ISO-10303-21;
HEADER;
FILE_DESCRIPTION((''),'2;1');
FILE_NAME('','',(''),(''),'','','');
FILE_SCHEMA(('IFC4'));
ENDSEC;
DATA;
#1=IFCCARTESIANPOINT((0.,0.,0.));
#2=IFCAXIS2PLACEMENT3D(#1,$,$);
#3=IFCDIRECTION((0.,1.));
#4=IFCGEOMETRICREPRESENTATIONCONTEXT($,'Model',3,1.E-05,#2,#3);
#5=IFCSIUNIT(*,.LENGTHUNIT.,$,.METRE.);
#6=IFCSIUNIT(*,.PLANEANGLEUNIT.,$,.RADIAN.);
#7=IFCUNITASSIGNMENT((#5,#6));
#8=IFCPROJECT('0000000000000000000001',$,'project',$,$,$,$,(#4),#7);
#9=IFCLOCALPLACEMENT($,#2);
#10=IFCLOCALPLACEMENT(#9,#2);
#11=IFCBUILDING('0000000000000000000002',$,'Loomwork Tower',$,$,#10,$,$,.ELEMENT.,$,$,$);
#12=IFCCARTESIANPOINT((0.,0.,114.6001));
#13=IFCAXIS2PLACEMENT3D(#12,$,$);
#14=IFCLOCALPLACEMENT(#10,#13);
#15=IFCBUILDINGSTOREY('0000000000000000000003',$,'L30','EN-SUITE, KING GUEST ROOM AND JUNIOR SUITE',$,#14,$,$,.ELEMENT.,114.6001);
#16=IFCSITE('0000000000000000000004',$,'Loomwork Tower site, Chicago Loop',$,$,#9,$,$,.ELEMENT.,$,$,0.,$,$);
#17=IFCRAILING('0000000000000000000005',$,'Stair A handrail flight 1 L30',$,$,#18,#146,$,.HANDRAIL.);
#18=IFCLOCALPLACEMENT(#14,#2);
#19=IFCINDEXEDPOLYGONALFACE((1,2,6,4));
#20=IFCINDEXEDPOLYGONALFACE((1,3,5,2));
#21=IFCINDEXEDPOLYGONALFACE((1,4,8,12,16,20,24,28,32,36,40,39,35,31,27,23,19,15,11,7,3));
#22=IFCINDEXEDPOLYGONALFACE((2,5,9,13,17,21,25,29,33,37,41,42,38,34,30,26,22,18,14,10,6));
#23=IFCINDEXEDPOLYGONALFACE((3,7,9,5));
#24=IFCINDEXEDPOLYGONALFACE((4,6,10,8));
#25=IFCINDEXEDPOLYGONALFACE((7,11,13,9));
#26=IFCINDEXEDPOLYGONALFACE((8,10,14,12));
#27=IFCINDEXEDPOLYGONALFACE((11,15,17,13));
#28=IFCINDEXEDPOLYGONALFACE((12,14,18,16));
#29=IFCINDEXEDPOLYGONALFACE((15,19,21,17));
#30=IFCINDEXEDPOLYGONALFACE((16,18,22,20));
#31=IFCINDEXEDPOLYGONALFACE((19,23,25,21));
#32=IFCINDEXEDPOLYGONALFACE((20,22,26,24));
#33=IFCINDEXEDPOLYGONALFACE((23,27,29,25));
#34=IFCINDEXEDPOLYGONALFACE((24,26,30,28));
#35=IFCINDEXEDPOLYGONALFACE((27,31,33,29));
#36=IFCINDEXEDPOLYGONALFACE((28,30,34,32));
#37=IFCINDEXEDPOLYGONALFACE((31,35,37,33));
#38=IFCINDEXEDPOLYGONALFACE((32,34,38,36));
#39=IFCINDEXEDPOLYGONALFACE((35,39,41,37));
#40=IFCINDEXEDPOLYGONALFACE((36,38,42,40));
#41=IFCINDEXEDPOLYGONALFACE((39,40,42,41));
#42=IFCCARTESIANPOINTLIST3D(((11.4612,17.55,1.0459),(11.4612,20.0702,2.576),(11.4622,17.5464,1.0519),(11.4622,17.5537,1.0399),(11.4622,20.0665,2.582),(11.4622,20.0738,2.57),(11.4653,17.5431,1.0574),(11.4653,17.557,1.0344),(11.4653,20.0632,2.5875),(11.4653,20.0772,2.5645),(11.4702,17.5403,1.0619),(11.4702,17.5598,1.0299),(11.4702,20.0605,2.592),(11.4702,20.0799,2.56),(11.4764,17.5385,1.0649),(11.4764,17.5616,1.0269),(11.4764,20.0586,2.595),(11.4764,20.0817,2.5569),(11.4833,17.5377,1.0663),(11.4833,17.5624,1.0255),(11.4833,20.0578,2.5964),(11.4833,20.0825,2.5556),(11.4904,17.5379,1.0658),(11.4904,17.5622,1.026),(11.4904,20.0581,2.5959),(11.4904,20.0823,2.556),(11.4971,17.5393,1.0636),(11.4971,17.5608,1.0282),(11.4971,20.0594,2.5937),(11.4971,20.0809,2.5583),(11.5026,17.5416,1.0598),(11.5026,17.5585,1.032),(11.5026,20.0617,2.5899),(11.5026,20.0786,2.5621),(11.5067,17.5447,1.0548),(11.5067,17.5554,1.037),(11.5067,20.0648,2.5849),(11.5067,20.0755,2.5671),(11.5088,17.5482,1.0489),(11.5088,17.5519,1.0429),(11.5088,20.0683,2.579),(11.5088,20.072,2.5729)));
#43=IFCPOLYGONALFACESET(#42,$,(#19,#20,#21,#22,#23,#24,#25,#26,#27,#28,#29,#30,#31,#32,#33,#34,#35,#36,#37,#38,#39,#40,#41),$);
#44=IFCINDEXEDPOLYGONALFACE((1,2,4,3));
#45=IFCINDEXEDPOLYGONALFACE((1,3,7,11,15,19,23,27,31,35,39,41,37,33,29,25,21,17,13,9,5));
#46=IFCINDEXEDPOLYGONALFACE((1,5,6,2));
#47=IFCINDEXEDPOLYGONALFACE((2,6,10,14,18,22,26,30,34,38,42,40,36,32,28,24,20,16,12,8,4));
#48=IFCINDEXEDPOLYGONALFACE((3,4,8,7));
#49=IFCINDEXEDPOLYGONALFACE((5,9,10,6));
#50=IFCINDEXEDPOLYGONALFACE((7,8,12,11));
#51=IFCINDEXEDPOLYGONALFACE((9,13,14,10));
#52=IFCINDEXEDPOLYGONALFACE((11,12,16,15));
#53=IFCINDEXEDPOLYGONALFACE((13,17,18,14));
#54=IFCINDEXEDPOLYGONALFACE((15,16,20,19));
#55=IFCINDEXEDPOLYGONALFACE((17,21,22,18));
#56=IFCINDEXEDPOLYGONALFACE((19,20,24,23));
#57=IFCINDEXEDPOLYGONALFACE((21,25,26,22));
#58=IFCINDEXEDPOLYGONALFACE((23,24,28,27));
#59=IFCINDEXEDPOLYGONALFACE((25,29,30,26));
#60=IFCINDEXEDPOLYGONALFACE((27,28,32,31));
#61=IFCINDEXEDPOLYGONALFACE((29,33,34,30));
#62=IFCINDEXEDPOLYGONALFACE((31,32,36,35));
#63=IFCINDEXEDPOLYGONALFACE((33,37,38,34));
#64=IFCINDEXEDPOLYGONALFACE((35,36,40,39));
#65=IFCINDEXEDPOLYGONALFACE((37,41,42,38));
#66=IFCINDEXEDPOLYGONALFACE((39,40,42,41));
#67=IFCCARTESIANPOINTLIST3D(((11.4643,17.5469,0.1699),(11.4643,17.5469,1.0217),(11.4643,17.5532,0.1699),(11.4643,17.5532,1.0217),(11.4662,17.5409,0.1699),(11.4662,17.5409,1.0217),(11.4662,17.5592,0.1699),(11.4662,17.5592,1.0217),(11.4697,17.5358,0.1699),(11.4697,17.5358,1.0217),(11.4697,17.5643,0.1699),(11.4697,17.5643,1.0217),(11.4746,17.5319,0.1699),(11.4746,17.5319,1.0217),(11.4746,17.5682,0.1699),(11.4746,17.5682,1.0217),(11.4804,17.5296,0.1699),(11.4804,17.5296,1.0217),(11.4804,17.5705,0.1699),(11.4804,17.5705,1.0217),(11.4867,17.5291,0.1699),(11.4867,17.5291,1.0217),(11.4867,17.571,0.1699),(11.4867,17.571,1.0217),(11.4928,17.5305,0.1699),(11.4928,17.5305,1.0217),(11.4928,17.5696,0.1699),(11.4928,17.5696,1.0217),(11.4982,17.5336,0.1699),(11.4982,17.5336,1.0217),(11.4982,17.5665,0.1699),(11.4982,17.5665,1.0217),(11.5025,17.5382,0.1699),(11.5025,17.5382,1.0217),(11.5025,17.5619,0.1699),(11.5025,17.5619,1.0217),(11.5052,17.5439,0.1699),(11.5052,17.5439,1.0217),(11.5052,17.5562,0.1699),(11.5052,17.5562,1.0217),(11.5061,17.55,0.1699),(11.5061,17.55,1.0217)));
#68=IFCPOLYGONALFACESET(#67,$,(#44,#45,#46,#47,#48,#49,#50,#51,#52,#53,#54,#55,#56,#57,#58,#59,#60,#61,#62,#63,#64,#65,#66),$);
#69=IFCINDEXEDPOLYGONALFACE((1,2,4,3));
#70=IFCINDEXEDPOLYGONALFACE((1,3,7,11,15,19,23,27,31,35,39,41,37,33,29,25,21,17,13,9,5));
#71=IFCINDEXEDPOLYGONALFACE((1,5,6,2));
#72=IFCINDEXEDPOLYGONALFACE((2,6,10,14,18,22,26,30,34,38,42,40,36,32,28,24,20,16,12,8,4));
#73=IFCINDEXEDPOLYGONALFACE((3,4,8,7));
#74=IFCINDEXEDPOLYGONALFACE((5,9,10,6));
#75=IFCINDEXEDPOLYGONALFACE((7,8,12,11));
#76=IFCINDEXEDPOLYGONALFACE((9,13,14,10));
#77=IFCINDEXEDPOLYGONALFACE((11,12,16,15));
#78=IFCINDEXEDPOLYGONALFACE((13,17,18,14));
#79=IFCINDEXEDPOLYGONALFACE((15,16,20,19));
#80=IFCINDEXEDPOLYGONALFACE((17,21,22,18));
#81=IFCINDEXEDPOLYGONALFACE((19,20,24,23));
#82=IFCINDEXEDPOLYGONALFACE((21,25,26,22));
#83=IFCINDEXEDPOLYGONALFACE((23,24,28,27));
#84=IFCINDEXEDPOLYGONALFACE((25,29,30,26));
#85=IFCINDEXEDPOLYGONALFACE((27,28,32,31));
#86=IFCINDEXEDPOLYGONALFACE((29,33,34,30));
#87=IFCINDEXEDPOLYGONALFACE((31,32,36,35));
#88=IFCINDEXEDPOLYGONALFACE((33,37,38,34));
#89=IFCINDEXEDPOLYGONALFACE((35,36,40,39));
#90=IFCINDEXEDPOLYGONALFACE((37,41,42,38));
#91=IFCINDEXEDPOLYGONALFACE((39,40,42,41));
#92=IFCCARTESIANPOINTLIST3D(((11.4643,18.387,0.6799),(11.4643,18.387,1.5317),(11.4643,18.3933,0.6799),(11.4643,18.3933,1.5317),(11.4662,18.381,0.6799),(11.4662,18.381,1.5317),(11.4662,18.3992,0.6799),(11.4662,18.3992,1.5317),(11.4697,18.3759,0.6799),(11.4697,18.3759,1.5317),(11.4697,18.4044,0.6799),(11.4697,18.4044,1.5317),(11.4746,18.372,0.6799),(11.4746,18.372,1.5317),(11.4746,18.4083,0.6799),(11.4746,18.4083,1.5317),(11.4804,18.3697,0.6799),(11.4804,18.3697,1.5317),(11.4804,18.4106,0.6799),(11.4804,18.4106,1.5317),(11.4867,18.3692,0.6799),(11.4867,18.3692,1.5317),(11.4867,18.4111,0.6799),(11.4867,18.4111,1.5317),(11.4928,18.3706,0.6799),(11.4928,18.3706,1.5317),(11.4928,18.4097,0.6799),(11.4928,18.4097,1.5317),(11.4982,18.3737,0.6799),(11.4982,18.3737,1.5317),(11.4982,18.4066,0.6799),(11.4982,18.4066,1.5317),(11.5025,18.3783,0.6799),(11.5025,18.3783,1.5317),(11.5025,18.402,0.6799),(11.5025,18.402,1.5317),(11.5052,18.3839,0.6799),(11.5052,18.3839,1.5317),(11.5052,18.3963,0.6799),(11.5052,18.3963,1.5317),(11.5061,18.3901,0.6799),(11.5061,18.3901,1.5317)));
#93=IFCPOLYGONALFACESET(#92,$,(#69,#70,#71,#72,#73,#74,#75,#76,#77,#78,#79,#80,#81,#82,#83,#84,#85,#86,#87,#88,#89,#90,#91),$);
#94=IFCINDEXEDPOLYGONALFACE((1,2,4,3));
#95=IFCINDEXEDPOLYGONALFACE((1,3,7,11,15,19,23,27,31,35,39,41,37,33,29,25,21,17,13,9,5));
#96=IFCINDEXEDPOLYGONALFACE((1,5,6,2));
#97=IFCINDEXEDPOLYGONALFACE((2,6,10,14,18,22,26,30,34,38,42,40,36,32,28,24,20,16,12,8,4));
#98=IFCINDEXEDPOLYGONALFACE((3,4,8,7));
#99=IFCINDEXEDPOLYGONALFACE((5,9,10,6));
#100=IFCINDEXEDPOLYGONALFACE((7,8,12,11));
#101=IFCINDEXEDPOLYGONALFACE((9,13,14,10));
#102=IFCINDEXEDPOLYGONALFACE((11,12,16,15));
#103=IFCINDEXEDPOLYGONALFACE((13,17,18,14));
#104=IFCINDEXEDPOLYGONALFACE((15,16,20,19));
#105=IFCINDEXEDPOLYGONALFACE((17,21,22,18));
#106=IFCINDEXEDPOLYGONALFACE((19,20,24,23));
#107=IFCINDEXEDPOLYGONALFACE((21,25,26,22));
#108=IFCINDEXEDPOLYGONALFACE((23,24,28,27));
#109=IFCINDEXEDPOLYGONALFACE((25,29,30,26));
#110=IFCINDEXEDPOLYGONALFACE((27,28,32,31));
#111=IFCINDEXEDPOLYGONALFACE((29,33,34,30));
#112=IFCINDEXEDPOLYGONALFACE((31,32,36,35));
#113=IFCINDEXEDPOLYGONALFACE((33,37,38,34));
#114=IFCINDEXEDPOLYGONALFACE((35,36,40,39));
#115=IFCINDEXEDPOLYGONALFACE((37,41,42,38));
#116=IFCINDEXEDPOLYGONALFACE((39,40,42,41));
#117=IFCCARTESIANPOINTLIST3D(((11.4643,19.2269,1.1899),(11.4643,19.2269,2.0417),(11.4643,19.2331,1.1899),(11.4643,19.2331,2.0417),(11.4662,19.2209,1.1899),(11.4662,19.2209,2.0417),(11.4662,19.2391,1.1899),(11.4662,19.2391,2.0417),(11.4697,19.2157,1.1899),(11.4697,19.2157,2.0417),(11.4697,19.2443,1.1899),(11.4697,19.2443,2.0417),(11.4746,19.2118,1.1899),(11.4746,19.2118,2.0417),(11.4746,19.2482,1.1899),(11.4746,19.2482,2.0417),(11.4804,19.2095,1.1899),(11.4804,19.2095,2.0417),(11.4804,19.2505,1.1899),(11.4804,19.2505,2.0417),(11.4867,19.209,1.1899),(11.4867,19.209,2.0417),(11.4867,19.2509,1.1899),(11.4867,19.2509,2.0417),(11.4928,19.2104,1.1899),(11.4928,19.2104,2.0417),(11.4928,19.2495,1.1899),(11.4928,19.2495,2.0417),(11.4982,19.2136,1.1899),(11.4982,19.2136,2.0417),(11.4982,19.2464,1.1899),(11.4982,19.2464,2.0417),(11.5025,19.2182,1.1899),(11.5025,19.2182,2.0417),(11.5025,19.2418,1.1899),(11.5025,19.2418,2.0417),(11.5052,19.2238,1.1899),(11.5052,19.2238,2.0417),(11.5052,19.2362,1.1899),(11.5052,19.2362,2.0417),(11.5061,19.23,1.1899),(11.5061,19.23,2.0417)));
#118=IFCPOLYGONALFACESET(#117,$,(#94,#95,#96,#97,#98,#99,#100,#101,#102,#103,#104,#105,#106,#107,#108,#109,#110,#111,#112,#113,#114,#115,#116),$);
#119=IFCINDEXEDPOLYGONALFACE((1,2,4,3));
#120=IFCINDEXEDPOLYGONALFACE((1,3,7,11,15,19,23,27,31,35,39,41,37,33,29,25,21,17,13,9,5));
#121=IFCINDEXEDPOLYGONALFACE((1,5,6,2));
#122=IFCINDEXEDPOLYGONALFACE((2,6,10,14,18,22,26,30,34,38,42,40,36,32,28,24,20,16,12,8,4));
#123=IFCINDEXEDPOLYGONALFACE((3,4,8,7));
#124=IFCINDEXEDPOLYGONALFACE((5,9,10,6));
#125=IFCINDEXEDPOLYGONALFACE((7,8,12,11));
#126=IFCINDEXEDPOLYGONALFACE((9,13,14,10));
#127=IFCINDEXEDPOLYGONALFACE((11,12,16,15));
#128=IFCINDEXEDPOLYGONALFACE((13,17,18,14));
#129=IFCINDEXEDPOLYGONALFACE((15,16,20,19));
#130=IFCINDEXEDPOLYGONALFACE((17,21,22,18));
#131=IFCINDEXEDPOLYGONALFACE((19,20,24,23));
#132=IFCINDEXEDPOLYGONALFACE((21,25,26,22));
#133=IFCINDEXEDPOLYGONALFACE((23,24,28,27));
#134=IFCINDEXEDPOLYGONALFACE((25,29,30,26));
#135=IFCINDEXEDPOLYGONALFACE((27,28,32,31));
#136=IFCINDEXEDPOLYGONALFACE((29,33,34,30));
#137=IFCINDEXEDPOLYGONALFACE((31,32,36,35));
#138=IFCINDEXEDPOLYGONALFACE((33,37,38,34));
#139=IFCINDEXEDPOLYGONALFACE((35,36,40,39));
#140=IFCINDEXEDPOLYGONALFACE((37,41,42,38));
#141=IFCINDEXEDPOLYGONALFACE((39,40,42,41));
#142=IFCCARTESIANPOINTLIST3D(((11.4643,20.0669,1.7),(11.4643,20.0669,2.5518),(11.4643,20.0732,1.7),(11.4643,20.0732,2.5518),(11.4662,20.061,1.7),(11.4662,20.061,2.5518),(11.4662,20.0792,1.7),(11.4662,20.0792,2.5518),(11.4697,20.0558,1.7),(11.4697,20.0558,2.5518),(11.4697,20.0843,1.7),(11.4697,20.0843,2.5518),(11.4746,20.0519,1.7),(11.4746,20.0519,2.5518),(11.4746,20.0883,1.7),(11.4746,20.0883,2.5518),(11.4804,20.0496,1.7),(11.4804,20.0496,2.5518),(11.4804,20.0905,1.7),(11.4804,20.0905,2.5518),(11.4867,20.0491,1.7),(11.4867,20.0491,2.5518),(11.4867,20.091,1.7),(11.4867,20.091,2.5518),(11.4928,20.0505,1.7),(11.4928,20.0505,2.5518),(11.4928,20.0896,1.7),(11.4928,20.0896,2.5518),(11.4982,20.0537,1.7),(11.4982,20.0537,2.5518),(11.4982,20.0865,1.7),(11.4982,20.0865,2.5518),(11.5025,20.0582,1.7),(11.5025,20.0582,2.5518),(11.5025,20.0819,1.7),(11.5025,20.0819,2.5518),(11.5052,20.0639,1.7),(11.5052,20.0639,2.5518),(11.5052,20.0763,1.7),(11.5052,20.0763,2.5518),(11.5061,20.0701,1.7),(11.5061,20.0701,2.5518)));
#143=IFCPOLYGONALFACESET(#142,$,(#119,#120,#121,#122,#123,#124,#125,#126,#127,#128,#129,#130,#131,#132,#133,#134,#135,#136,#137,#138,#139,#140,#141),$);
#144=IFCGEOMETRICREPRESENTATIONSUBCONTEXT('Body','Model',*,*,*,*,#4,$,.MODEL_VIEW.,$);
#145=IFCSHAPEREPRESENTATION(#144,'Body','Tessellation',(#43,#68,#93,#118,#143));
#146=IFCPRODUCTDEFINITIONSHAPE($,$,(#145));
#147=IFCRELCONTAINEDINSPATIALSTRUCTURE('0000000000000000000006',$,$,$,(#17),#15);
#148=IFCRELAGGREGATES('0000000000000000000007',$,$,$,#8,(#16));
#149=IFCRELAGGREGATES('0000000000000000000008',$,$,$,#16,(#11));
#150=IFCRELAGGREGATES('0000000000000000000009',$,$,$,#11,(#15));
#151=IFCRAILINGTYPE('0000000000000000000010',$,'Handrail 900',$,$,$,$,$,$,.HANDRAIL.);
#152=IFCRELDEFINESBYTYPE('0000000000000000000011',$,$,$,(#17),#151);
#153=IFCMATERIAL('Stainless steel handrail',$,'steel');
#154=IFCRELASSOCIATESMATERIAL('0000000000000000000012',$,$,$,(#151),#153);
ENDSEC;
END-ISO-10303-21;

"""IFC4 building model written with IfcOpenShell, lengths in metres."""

from ifc_helpers import new_model, si_unit, direction, frame, origin, origin_2d, place, context, subcontext, project, spatial, circle, extrude, material, type_object, element, save


model = new_model("IFC4")

# Units and contexts
model_context = context("Model", 3, precision=1e-05, world=origin(), true_north=direction((0.0, 1.0)))
body_context = subcontext(model_context, "Body", "Model", "MODEL_VIEW")
ifc_project = project(units=[si_unit("LENGTHUNIT", "METRE"), si_unit("PLANEANGLEUNIT", "RADIAN")], contexts=[model_context])

# Site, building, storey
site_placement = place(None, origin())
site = spatial("IfcSite", under=ifc_project, at=site_placement, Name="Loomwork Tower site, Chicago Loop", CompositionType="ELEMENT", RefElevation=0.0)
building_placement = place(site_placement, origin())
building = spatial("IfcBuilding", under=site, at=building_placement, Name="Loomwork Tower", CompositionType="ELEMENT")
storey_placement = place(building_placement, frame((0.0, 0.0, 114.6001)))
storey = spatial("IfcBuildingStorey", under=building, at=storey_placement, Name="L30", Description="EN-SUITE, KING GUEST ROOM AND JUNIOR SUITE", CompositionType="ELEMENT", Elevation=114.6001)

# Railing
ifc_material_1 = material(Name="Stainless steel handrail", Category="steel")
railing_type = type_object("IfcRailingType", Name="Handrail 900", PredefinedType="HANDRAIL", material=ifc_material_1)
railing_1_placement = place(storey_placement, frame((11.4851, 17.55, 0.1699)))
element("IfcRailing", 1, at=railing_1_placement, inside=storey, type_object=railing_type, Name="Stair A handrail flight 1 L30", PredefinedType="HANDRAIL", context=body_context, shape_type="SweptSolid", body=[
    extrude(circle(Radius=0.0239, at=origin_2d()), frame((0.0, 0.0, 0.876), z_axis=(0.0, 0.854785, 0.518982), x_axis=(-1.0, 0.0, 0.0)), (0.0, 0.0, 1.0), 2.9482),
    extrude(circle(Radius=0.021, at=origin_2d()), origin(), (0.0, 0.0, 1.0), 0.8518),
    extrude(circle(Radius=0.021, at=origin_2d()), frame((0.0, 0.8401, 0.51)), (0.0, 0.0, 1.0), 0.8518),
    extrude(circle(Radius=0.021, at=origin_2d()), frame((0.0, 1.6799, 1.02)), (0.0, 0.0, 1.0), 0.8518),
    extrude(circle(Radius=0.021, at=origin_2d()), frame((0.0, 2.52, 1.53)), (0.0, 0.0, 1.0), 0.8518),
])

save(model, "model.ifc")
